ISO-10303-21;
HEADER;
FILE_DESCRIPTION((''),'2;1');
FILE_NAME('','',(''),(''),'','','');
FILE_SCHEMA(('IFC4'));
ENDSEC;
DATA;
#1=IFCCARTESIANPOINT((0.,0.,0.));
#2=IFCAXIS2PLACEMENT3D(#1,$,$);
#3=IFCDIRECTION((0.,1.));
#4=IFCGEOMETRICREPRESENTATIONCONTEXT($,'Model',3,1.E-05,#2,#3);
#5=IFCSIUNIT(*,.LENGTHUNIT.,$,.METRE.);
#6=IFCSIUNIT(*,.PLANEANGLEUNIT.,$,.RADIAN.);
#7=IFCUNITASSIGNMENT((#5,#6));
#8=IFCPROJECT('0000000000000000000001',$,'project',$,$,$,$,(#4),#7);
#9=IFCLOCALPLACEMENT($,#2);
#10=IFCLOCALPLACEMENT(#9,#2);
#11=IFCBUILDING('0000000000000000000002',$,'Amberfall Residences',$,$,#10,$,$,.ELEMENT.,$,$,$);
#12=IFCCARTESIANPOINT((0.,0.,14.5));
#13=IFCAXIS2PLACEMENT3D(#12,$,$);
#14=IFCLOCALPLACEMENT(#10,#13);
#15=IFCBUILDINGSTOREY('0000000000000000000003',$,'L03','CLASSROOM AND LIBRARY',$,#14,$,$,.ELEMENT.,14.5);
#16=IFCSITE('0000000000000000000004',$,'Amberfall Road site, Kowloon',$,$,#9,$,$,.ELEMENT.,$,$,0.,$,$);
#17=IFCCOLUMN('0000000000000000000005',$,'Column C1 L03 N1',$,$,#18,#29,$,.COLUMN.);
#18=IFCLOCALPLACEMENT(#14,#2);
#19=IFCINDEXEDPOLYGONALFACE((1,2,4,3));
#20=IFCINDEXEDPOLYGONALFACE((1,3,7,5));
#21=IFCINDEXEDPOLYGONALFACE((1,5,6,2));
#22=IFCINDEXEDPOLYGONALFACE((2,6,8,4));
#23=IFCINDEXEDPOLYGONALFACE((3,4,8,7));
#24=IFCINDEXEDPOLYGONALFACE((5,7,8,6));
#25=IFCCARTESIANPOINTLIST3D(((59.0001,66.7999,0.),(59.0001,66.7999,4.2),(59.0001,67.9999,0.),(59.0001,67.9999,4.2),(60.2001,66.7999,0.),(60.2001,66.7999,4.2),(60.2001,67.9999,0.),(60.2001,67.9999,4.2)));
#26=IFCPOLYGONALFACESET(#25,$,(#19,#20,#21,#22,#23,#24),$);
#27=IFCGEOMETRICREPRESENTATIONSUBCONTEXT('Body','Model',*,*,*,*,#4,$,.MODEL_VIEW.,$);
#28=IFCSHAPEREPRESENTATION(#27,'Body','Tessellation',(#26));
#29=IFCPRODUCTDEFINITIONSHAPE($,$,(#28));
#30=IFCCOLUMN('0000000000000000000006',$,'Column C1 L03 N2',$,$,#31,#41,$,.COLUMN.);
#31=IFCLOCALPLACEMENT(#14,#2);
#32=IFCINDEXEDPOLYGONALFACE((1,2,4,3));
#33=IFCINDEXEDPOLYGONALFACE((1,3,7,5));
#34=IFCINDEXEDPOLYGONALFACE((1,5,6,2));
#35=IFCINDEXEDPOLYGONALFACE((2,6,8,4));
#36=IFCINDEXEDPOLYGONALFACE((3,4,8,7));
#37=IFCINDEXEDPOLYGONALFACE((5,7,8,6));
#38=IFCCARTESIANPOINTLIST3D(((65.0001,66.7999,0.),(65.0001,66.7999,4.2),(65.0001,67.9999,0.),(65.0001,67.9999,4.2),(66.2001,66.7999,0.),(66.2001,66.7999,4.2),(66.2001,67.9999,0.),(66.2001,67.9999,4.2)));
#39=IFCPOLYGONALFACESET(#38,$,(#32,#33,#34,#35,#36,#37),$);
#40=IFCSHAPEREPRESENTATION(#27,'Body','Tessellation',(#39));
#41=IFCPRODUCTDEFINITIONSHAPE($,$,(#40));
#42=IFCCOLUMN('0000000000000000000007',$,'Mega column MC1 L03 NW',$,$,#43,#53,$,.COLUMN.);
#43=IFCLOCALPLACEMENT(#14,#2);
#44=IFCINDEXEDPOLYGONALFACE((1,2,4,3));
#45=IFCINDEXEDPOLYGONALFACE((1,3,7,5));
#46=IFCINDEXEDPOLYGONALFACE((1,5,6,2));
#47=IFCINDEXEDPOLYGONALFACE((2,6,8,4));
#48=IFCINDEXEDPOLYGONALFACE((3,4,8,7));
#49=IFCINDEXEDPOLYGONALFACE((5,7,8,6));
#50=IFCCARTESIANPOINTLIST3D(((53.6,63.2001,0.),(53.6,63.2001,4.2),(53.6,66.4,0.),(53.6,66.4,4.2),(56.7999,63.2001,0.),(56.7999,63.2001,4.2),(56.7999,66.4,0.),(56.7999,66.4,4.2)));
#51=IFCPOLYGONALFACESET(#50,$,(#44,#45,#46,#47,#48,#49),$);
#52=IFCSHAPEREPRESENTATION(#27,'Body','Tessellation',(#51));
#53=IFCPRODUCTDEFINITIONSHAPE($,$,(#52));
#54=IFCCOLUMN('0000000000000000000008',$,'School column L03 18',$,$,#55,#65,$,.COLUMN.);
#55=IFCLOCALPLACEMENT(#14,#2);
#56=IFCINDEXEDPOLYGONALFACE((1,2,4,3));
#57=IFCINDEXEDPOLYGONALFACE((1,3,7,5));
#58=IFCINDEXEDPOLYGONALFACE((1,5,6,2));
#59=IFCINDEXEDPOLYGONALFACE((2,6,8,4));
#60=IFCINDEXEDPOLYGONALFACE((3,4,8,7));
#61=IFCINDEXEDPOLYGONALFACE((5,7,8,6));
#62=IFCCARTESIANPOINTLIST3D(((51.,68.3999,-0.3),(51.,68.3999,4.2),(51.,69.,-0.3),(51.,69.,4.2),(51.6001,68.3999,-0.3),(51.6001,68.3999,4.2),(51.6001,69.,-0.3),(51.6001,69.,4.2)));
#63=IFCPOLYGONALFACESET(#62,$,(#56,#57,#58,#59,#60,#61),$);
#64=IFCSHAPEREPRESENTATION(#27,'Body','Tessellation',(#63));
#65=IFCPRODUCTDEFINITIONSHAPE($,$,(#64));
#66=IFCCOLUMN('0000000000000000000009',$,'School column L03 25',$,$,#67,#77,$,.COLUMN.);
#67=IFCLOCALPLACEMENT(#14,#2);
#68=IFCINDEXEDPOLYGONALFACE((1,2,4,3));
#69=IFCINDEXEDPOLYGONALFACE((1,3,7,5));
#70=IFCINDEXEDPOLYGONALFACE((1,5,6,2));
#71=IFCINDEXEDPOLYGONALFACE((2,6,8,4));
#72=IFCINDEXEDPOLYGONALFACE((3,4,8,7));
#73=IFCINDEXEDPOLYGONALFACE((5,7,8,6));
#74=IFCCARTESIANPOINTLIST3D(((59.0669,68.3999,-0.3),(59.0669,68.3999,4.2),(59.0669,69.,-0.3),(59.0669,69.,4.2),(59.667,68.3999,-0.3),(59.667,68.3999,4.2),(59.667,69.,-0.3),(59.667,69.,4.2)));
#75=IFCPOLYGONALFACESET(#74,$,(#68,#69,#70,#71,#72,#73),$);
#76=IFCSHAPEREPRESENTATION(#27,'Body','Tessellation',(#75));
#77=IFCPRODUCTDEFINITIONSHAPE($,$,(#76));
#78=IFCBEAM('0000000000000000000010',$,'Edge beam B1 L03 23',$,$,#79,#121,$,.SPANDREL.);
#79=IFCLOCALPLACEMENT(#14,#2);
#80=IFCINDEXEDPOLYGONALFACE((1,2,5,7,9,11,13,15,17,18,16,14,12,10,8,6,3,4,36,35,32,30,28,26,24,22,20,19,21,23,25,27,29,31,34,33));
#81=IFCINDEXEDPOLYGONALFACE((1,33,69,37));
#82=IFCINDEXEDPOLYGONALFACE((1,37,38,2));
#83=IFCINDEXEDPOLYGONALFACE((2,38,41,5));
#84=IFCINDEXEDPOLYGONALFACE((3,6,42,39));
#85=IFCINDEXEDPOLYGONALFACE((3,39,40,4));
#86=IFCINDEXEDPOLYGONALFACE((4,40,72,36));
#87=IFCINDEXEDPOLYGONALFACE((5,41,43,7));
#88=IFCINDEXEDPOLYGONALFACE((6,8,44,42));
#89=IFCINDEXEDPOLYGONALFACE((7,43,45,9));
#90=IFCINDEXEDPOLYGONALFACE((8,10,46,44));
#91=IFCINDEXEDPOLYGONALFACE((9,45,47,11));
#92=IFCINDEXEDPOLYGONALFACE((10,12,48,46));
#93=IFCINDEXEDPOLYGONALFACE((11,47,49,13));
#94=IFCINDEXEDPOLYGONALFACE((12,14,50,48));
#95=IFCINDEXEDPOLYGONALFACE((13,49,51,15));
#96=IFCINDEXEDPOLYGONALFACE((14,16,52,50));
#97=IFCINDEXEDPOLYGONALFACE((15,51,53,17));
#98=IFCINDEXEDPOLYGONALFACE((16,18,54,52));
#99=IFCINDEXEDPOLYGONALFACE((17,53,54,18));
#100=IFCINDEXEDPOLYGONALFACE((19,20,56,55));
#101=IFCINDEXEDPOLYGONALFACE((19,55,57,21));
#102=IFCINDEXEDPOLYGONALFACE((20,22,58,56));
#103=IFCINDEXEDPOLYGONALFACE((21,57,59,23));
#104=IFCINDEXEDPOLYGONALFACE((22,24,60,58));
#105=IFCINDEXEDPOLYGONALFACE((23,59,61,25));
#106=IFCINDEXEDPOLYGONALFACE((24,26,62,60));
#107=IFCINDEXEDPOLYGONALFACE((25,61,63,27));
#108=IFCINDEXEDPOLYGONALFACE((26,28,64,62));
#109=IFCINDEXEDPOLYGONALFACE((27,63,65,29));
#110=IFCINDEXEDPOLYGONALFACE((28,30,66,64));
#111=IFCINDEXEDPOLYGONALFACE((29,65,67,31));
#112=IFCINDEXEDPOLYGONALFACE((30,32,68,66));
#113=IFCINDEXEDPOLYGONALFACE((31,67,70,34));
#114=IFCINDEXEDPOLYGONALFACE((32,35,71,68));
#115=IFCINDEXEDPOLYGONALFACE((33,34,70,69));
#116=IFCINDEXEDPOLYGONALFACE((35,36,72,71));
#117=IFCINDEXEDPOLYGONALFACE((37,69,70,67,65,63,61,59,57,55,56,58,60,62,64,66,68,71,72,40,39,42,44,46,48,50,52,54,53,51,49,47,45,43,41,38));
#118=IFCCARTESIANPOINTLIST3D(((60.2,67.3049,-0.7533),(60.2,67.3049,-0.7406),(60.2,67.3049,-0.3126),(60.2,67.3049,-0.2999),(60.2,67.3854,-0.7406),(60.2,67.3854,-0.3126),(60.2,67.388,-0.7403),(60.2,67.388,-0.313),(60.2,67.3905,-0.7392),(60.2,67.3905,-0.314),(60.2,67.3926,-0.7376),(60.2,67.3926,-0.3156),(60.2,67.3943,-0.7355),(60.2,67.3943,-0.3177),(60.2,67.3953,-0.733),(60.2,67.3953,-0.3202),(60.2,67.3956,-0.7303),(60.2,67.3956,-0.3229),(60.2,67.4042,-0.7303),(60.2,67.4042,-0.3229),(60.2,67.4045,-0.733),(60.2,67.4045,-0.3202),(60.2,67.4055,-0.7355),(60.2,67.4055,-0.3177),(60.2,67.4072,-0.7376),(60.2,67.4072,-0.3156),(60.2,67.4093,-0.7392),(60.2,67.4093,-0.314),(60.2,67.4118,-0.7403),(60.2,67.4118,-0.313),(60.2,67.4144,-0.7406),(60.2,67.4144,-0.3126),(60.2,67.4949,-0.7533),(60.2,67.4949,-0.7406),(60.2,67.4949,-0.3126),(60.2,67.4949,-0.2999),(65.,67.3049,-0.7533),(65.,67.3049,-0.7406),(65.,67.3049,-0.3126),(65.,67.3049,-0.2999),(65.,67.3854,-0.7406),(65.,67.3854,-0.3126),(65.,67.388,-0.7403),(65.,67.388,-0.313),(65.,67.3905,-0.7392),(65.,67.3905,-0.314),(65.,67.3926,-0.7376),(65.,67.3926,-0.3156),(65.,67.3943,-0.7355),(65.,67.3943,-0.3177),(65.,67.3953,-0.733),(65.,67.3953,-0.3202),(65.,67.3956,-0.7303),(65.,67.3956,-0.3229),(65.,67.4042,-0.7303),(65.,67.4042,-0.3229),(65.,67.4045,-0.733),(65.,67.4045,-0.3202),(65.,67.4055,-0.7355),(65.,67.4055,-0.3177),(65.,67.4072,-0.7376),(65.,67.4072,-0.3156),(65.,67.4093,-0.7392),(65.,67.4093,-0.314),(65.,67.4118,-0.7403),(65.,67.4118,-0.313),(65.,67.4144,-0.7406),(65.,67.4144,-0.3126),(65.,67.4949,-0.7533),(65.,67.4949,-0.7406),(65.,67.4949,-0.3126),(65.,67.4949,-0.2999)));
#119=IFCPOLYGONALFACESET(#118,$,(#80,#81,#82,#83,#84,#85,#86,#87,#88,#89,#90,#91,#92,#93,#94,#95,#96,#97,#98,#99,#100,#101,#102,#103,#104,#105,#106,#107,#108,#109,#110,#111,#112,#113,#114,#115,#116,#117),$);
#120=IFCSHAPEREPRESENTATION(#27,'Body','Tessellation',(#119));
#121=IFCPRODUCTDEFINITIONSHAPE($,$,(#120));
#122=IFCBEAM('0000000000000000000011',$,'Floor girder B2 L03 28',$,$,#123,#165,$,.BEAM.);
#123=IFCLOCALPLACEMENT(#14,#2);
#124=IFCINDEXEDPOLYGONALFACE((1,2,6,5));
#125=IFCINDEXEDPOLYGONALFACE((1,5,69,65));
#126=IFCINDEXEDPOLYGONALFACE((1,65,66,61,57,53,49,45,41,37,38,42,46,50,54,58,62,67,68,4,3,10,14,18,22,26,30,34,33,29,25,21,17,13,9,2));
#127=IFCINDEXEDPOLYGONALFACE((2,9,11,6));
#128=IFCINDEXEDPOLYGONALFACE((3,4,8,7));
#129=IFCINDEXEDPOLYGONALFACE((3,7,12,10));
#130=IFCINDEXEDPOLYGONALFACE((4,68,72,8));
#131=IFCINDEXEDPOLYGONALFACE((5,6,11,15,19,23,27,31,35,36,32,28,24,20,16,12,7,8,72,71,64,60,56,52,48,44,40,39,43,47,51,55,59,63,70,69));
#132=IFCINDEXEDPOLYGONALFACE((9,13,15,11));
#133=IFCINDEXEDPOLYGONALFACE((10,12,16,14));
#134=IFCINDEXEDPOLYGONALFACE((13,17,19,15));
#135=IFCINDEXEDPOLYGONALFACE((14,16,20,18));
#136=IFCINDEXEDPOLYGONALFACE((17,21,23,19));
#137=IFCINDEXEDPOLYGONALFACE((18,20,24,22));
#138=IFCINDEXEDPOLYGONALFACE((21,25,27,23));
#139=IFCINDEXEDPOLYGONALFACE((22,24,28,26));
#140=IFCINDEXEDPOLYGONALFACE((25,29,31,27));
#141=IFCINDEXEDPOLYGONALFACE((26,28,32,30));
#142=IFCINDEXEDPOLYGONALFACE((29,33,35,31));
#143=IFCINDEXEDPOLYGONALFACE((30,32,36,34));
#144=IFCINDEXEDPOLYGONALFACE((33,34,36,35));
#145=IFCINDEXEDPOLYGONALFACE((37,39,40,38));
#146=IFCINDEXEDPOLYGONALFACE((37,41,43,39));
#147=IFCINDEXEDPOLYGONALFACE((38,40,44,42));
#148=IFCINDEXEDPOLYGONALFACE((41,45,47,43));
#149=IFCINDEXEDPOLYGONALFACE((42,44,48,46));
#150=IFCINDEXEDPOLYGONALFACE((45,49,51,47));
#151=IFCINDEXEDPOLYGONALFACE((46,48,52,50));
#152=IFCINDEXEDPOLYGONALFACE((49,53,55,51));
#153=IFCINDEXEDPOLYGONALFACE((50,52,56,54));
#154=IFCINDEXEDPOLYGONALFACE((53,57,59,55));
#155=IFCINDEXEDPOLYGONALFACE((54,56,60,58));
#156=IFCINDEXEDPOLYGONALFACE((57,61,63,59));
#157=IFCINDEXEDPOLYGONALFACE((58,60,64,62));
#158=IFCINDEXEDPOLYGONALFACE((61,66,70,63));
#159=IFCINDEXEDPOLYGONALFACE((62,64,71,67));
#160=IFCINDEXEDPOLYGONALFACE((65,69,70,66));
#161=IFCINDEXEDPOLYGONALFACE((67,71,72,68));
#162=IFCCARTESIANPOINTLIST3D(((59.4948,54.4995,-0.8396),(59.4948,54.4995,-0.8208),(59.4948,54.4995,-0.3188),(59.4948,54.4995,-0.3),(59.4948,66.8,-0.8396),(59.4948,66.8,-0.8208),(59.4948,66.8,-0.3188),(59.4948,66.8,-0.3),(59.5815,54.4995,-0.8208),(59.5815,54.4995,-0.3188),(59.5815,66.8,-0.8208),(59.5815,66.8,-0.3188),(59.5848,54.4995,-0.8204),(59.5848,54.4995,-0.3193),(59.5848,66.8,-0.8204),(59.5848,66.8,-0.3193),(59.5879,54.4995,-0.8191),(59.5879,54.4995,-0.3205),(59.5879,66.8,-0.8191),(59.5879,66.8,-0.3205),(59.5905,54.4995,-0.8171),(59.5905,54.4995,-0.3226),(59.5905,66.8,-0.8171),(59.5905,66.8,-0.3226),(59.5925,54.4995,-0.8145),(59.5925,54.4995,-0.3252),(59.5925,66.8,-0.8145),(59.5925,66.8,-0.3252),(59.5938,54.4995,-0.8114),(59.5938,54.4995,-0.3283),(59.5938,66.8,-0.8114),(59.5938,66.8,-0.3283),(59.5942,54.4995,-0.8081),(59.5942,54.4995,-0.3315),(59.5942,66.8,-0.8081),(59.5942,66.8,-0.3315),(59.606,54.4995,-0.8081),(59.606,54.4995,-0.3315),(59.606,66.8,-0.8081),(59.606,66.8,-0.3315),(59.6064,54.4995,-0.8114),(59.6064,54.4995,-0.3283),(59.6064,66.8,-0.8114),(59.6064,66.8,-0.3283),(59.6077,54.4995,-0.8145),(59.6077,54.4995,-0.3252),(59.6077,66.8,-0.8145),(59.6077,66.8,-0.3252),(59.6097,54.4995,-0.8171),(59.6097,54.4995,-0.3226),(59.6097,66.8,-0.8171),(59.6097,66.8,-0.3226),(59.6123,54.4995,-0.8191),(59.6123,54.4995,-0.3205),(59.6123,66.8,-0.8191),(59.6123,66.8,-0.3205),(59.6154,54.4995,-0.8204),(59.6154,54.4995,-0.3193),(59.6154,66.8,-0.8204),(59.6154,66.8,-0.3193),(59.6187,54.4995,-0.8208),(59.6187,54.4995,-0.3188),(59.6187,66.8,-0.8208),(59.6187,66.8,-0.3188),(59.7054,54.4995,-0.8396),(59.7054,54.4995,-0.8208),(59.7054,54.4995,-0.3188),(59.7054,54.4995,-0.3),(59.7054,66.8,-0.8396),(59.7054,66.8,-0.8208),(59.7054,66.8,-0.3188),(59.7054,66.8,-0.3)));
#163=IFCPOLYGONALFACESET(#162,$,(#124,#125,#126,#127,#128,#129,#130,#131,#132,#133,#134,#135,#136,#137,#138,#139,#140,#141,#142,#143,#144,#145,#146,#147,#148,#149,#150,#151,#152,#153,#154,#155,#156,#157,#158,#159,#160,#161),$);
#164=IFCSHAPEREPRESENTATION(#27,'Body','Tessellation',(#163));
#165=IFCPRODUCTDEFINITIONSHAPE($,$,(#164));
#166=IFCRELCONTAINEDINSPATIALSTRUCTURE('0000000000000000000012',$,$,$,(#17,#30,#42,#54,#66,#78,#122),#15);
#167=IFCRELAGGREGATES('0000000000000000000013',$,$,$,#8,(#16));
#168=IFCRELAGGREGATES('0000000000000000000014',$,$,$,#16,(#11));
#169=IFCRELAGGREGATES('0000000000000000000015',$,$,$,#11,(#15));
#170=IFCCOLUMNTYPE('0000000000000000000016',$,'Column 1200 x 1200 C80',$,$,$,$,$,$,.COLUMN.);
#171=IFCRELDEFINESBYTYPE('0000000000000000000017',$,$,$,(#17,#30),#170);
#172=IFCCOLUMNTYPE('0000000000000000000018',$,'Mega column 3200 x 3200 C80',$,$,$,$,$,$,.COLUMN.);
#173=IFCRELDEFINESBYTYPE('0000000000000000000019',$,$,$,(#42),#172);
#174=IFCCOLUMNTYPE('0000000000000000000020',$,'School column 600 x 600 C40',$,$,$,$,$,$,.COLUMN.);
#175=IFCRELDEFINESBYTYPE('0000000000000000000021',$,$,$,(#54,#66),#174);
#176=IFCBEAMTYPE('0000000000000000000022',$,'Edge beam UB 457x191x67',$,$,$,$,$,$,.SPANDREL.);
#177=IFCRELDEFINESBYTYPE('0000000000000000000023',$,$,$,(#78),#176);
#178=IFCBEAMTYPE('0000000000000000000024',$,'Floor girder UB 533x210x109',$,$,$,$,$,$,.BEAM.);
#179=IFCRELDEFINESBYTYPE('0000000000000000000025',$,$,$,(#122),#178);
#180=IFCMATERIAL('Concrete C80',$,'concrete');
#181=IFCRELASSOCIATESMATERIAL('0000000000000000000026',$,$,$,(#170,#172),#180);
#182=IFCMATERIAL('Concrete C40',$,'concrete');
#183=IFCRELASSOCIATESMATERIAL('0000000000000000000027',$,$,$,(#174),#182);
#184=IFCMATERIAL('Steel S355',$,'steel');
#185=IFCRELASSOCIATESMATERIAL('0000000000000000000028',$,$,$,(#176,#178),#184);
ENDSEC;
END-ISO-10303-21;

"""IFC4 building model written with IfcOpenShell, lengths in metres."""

from ifc_helpers import new_model, si_unit, direction, frame, origin, origin_2d, place, context, subcontext, project, spatial, rectangle, i_section, extrude, material, material_profile, profile_set, type_object, element, save


model = new_model("IFC4")

# Units and contexts
model_context = context("Model", 3, precision=1e-05, world=origin(), true_north=direction((0.0, 1.0)))
body_context = subcontext(model_context, "Body", "Model", "MODEL_VIEW")
ifc_project = project(units=[si_unit("LENGTHUNIT", "METRE"), si_unit("PLANEANGLEUNIT", "RADIAN")], contexts=[model_context])

# Site, building, storey
site_placement = place(None, origin())
site = spatial("IfcSite", under=ifc_project, at=site_placement, Name="Amberfall Road site, Kowloon", CompositionType="ELEMENT", RefElevation=0.0)
building_placement = place(site_placement, origin())
building = spatial("IfcBuilding", under=site, at=building_placement, Name="Amberfall Residences", CompositionType="ELEMENT")
storey_placement = place(building_placement, frame((0.0, 0.0, 14.5)))
storey = spatial("IfcBuildingStorey", under=building, at=storey_placement, Name="L03", Description="CLASSROOM AND LIBRARY", CompositionType="ELEMENT", Elevation=14.5)

# Columns
ifc_material_1 = material(Name="Concrete C80", Category="concrete")
ifc_material_profile_1 = material_profile(ifc_material_1, rectangle(XDim=1.2, YDim=1.2, at=origin_2d()), Name="Column 1200 x 1200 C80")
ifc_profile_set_1 = profile_set([ifc_material_profile_1], Name="Concrete C80")
column_type_1 = type_object("IfcColumnType", Name="Column 1200 x 1200 C80", PredefinedType="COLUMN", material=ifc_profile_set_1)
for number, where, z_axis, x_axis, name in (
    (1, (59.6001, 67.3999, 0.0), (0.0, 0.0, 1.0), (1.0, 0.0, 0.0), "Column C1 L03 N1"),
    (2, (65.6001, 67.3999, 0.0), (0.0, 0.0, 1.0), (1.0, 0.0, 0.0), "Column C1 L03 N2"),
):
    element("IfcColumn", number, at=place(storey_placement, frame(where, z_axis=z_axis, x_axis=x_axis)), inside=storey, type_object=column_type_1, Name=name, PredefinedType="COLUMN", context=body_context, shape_type="SweptSolid", body=[
        extrude(rectangle(XDim=1.2, YDim=1.2, at=origin_2d()), origin(), (0.0, 0.0, 1.0), 4.2),
    ])
ifc_material_profile_2 = material_profile(ifc_material_1, rectangle(XDim=3.2, YDim=3.2, at=origin_2d()), Name="Mega column 3200 x 3200 C80")
ifc_profile_set_2 = profile_set([ifc_material_profile_2], Name="Concrete C80")
column_type_2 = type_object("IfcColumnType", Name="Mega column 3200 x 3200 C80", PredefinedType="COLUMN", material=ifc_profile_set_2)
column_placement = place(storey_placement, frame((55.2, 64.8, 0.0), z_axis=(0.0, 0.0, 1.0), x_axis=(1.0, 0.0, 0.0)))
element("IfcColumn", 3, at=column_placement, inside=storey, type_object=column_type_2, Name="Mega column MC1 L03 NW", PredefinedType="COLUMN", context=body_context, shape_type="SweptSolid", body=[
    extrude(rectangle(XDim=3.2, YDim=3.2, at=origin_2d()), origin(), (0.0, 0.0, 1.0), 4.2),
])
ifc_material_2 = material(Name="Concrete C40", Category="concrete")
ifc_material_profile_3 = material_profile(ifc_material_2, rectangle(XDim=0.6001, YDim=0.6001, at=origin_2d()), Name="School column 600 x 600 C40")
ifc_profile_set_3 = profile_set([ifc_material_profile_3], Name="Concrete C40")
column_type_3 = type_object("IfcColumnType", Name="School column 600 x 600 C40", PredefinedType="COLUMN", material=ifc_profile_set_3)
for number, where, z_axis, x_axis, name in (
    (4, (51.3, 68.7, -0.3), (0.0, 0.0, 1.0), (1.0, 0.0, 0.0), "School column L03 18"),
    (5, (59.3669, 68.7, -0.3), (0.0, 0.0, 1.0), (1.0, 0.0, 0.0), "School column L03 25"),
):
    element("IfcColumn", number, at=place(storey_placement, frame(where, z_axis=z_axis, x_axis=x_axis)), inside=storey, type_object=column_type_3, Name=name, PredefinedType="COLUMN", context=body_context, shape_type="SweptSolid", body=[
        extrude(rectangle(XDim=0.6001, YDim=0.6001, at=origin_2d()), origin(), (0.0, 0.0, 1.0), 4.5),
    ])

# Beams
ifc_material_3 = material(Name="Steel S355", Category="steel")
ifc_material_profile_4 = material_profile(ifc_material_3, i_section(OverallWidth=0.1899, OverallDepth=0.4534, WebThickness=0.0085, FlangeThickness=0.0127, FilletRadius=0.0103, at=origin_2d()), Name="UB 457x191x67")
ifc_profile_set_4 = profile_set([ifc_material_profile_4], Name="Steel S355")
beam_type_1 = type_object("IfcBeamType", Name="Edge beam UB 457x191x67", PredefinedType="SPANDREL", material=ifc_profile_set_4)
beam_1_placement = place(storey_placement, frame((60.2, 67.3999, -0.5266), z_axis=(1.0, 0.0, 0.0), x_axis=(0.0, 1.0, 0.0)))
element("IfcBeam", 6, at=beam_1_placement, inside=storey, type_object=beam_type_1, Name="Edge beam B1 L03 23", PredefinedType="SPANDREL", context=body_context, shape_type="SweptSolid", body=[
    extrude(i_section(OverallWidth=0.1899, OverallDepth=0.4534, WebThickness=0.0085, FlangeThickness=0.0127, FilletRadius=0.0103, at=origin_2d()), origin(), (0.0, 0.0, 1.0), 4.8),
])
ifc_material_profile_5 = material_profile(ifc_material_3, i_section(OverallWidth=0.2107, OverallDepth=0.5396, WebThickness=0.0117, FlangeThickness=0.0188, FilletRadius=0.0127, at=origin_2d()), Name="UB 533x210x109")
ifc_profile_set_5 = profile_set([ifc_material_profile_5], Name="Steel S355")
beam_type_2 = type_object("IfcBeamType", Name="Floor girder UB 533x210x109", PredefinedType="BEAM", material=ifc_profile_set_5)
beam_2_placement = place(storey_placement, frame((59.6001, 66.8, -0.5698), z_axis=(0.0, -1.0, 0.0), x_axis=(1.0, 0.0, 0.0)))
element("IfcBeam", 7, at=beam_2_placement, inside=storey, type_object=beam_type_2, Name="Floor girder B2 L03 28", PredefinedType="BEAM", context=body_context, shape_type="SweptSolid", body=[
    extrude(i_section(OverallWidth=0.2107, OverallDepth=0.5396, WebThickness=0.0117, FlangeThickness=0.0188, FilletRadius=0.0127, at=origin_2d()), origin(), (0.0, 0.0, 1.0), 12.3005),
])

save(model, "model.ifc")
